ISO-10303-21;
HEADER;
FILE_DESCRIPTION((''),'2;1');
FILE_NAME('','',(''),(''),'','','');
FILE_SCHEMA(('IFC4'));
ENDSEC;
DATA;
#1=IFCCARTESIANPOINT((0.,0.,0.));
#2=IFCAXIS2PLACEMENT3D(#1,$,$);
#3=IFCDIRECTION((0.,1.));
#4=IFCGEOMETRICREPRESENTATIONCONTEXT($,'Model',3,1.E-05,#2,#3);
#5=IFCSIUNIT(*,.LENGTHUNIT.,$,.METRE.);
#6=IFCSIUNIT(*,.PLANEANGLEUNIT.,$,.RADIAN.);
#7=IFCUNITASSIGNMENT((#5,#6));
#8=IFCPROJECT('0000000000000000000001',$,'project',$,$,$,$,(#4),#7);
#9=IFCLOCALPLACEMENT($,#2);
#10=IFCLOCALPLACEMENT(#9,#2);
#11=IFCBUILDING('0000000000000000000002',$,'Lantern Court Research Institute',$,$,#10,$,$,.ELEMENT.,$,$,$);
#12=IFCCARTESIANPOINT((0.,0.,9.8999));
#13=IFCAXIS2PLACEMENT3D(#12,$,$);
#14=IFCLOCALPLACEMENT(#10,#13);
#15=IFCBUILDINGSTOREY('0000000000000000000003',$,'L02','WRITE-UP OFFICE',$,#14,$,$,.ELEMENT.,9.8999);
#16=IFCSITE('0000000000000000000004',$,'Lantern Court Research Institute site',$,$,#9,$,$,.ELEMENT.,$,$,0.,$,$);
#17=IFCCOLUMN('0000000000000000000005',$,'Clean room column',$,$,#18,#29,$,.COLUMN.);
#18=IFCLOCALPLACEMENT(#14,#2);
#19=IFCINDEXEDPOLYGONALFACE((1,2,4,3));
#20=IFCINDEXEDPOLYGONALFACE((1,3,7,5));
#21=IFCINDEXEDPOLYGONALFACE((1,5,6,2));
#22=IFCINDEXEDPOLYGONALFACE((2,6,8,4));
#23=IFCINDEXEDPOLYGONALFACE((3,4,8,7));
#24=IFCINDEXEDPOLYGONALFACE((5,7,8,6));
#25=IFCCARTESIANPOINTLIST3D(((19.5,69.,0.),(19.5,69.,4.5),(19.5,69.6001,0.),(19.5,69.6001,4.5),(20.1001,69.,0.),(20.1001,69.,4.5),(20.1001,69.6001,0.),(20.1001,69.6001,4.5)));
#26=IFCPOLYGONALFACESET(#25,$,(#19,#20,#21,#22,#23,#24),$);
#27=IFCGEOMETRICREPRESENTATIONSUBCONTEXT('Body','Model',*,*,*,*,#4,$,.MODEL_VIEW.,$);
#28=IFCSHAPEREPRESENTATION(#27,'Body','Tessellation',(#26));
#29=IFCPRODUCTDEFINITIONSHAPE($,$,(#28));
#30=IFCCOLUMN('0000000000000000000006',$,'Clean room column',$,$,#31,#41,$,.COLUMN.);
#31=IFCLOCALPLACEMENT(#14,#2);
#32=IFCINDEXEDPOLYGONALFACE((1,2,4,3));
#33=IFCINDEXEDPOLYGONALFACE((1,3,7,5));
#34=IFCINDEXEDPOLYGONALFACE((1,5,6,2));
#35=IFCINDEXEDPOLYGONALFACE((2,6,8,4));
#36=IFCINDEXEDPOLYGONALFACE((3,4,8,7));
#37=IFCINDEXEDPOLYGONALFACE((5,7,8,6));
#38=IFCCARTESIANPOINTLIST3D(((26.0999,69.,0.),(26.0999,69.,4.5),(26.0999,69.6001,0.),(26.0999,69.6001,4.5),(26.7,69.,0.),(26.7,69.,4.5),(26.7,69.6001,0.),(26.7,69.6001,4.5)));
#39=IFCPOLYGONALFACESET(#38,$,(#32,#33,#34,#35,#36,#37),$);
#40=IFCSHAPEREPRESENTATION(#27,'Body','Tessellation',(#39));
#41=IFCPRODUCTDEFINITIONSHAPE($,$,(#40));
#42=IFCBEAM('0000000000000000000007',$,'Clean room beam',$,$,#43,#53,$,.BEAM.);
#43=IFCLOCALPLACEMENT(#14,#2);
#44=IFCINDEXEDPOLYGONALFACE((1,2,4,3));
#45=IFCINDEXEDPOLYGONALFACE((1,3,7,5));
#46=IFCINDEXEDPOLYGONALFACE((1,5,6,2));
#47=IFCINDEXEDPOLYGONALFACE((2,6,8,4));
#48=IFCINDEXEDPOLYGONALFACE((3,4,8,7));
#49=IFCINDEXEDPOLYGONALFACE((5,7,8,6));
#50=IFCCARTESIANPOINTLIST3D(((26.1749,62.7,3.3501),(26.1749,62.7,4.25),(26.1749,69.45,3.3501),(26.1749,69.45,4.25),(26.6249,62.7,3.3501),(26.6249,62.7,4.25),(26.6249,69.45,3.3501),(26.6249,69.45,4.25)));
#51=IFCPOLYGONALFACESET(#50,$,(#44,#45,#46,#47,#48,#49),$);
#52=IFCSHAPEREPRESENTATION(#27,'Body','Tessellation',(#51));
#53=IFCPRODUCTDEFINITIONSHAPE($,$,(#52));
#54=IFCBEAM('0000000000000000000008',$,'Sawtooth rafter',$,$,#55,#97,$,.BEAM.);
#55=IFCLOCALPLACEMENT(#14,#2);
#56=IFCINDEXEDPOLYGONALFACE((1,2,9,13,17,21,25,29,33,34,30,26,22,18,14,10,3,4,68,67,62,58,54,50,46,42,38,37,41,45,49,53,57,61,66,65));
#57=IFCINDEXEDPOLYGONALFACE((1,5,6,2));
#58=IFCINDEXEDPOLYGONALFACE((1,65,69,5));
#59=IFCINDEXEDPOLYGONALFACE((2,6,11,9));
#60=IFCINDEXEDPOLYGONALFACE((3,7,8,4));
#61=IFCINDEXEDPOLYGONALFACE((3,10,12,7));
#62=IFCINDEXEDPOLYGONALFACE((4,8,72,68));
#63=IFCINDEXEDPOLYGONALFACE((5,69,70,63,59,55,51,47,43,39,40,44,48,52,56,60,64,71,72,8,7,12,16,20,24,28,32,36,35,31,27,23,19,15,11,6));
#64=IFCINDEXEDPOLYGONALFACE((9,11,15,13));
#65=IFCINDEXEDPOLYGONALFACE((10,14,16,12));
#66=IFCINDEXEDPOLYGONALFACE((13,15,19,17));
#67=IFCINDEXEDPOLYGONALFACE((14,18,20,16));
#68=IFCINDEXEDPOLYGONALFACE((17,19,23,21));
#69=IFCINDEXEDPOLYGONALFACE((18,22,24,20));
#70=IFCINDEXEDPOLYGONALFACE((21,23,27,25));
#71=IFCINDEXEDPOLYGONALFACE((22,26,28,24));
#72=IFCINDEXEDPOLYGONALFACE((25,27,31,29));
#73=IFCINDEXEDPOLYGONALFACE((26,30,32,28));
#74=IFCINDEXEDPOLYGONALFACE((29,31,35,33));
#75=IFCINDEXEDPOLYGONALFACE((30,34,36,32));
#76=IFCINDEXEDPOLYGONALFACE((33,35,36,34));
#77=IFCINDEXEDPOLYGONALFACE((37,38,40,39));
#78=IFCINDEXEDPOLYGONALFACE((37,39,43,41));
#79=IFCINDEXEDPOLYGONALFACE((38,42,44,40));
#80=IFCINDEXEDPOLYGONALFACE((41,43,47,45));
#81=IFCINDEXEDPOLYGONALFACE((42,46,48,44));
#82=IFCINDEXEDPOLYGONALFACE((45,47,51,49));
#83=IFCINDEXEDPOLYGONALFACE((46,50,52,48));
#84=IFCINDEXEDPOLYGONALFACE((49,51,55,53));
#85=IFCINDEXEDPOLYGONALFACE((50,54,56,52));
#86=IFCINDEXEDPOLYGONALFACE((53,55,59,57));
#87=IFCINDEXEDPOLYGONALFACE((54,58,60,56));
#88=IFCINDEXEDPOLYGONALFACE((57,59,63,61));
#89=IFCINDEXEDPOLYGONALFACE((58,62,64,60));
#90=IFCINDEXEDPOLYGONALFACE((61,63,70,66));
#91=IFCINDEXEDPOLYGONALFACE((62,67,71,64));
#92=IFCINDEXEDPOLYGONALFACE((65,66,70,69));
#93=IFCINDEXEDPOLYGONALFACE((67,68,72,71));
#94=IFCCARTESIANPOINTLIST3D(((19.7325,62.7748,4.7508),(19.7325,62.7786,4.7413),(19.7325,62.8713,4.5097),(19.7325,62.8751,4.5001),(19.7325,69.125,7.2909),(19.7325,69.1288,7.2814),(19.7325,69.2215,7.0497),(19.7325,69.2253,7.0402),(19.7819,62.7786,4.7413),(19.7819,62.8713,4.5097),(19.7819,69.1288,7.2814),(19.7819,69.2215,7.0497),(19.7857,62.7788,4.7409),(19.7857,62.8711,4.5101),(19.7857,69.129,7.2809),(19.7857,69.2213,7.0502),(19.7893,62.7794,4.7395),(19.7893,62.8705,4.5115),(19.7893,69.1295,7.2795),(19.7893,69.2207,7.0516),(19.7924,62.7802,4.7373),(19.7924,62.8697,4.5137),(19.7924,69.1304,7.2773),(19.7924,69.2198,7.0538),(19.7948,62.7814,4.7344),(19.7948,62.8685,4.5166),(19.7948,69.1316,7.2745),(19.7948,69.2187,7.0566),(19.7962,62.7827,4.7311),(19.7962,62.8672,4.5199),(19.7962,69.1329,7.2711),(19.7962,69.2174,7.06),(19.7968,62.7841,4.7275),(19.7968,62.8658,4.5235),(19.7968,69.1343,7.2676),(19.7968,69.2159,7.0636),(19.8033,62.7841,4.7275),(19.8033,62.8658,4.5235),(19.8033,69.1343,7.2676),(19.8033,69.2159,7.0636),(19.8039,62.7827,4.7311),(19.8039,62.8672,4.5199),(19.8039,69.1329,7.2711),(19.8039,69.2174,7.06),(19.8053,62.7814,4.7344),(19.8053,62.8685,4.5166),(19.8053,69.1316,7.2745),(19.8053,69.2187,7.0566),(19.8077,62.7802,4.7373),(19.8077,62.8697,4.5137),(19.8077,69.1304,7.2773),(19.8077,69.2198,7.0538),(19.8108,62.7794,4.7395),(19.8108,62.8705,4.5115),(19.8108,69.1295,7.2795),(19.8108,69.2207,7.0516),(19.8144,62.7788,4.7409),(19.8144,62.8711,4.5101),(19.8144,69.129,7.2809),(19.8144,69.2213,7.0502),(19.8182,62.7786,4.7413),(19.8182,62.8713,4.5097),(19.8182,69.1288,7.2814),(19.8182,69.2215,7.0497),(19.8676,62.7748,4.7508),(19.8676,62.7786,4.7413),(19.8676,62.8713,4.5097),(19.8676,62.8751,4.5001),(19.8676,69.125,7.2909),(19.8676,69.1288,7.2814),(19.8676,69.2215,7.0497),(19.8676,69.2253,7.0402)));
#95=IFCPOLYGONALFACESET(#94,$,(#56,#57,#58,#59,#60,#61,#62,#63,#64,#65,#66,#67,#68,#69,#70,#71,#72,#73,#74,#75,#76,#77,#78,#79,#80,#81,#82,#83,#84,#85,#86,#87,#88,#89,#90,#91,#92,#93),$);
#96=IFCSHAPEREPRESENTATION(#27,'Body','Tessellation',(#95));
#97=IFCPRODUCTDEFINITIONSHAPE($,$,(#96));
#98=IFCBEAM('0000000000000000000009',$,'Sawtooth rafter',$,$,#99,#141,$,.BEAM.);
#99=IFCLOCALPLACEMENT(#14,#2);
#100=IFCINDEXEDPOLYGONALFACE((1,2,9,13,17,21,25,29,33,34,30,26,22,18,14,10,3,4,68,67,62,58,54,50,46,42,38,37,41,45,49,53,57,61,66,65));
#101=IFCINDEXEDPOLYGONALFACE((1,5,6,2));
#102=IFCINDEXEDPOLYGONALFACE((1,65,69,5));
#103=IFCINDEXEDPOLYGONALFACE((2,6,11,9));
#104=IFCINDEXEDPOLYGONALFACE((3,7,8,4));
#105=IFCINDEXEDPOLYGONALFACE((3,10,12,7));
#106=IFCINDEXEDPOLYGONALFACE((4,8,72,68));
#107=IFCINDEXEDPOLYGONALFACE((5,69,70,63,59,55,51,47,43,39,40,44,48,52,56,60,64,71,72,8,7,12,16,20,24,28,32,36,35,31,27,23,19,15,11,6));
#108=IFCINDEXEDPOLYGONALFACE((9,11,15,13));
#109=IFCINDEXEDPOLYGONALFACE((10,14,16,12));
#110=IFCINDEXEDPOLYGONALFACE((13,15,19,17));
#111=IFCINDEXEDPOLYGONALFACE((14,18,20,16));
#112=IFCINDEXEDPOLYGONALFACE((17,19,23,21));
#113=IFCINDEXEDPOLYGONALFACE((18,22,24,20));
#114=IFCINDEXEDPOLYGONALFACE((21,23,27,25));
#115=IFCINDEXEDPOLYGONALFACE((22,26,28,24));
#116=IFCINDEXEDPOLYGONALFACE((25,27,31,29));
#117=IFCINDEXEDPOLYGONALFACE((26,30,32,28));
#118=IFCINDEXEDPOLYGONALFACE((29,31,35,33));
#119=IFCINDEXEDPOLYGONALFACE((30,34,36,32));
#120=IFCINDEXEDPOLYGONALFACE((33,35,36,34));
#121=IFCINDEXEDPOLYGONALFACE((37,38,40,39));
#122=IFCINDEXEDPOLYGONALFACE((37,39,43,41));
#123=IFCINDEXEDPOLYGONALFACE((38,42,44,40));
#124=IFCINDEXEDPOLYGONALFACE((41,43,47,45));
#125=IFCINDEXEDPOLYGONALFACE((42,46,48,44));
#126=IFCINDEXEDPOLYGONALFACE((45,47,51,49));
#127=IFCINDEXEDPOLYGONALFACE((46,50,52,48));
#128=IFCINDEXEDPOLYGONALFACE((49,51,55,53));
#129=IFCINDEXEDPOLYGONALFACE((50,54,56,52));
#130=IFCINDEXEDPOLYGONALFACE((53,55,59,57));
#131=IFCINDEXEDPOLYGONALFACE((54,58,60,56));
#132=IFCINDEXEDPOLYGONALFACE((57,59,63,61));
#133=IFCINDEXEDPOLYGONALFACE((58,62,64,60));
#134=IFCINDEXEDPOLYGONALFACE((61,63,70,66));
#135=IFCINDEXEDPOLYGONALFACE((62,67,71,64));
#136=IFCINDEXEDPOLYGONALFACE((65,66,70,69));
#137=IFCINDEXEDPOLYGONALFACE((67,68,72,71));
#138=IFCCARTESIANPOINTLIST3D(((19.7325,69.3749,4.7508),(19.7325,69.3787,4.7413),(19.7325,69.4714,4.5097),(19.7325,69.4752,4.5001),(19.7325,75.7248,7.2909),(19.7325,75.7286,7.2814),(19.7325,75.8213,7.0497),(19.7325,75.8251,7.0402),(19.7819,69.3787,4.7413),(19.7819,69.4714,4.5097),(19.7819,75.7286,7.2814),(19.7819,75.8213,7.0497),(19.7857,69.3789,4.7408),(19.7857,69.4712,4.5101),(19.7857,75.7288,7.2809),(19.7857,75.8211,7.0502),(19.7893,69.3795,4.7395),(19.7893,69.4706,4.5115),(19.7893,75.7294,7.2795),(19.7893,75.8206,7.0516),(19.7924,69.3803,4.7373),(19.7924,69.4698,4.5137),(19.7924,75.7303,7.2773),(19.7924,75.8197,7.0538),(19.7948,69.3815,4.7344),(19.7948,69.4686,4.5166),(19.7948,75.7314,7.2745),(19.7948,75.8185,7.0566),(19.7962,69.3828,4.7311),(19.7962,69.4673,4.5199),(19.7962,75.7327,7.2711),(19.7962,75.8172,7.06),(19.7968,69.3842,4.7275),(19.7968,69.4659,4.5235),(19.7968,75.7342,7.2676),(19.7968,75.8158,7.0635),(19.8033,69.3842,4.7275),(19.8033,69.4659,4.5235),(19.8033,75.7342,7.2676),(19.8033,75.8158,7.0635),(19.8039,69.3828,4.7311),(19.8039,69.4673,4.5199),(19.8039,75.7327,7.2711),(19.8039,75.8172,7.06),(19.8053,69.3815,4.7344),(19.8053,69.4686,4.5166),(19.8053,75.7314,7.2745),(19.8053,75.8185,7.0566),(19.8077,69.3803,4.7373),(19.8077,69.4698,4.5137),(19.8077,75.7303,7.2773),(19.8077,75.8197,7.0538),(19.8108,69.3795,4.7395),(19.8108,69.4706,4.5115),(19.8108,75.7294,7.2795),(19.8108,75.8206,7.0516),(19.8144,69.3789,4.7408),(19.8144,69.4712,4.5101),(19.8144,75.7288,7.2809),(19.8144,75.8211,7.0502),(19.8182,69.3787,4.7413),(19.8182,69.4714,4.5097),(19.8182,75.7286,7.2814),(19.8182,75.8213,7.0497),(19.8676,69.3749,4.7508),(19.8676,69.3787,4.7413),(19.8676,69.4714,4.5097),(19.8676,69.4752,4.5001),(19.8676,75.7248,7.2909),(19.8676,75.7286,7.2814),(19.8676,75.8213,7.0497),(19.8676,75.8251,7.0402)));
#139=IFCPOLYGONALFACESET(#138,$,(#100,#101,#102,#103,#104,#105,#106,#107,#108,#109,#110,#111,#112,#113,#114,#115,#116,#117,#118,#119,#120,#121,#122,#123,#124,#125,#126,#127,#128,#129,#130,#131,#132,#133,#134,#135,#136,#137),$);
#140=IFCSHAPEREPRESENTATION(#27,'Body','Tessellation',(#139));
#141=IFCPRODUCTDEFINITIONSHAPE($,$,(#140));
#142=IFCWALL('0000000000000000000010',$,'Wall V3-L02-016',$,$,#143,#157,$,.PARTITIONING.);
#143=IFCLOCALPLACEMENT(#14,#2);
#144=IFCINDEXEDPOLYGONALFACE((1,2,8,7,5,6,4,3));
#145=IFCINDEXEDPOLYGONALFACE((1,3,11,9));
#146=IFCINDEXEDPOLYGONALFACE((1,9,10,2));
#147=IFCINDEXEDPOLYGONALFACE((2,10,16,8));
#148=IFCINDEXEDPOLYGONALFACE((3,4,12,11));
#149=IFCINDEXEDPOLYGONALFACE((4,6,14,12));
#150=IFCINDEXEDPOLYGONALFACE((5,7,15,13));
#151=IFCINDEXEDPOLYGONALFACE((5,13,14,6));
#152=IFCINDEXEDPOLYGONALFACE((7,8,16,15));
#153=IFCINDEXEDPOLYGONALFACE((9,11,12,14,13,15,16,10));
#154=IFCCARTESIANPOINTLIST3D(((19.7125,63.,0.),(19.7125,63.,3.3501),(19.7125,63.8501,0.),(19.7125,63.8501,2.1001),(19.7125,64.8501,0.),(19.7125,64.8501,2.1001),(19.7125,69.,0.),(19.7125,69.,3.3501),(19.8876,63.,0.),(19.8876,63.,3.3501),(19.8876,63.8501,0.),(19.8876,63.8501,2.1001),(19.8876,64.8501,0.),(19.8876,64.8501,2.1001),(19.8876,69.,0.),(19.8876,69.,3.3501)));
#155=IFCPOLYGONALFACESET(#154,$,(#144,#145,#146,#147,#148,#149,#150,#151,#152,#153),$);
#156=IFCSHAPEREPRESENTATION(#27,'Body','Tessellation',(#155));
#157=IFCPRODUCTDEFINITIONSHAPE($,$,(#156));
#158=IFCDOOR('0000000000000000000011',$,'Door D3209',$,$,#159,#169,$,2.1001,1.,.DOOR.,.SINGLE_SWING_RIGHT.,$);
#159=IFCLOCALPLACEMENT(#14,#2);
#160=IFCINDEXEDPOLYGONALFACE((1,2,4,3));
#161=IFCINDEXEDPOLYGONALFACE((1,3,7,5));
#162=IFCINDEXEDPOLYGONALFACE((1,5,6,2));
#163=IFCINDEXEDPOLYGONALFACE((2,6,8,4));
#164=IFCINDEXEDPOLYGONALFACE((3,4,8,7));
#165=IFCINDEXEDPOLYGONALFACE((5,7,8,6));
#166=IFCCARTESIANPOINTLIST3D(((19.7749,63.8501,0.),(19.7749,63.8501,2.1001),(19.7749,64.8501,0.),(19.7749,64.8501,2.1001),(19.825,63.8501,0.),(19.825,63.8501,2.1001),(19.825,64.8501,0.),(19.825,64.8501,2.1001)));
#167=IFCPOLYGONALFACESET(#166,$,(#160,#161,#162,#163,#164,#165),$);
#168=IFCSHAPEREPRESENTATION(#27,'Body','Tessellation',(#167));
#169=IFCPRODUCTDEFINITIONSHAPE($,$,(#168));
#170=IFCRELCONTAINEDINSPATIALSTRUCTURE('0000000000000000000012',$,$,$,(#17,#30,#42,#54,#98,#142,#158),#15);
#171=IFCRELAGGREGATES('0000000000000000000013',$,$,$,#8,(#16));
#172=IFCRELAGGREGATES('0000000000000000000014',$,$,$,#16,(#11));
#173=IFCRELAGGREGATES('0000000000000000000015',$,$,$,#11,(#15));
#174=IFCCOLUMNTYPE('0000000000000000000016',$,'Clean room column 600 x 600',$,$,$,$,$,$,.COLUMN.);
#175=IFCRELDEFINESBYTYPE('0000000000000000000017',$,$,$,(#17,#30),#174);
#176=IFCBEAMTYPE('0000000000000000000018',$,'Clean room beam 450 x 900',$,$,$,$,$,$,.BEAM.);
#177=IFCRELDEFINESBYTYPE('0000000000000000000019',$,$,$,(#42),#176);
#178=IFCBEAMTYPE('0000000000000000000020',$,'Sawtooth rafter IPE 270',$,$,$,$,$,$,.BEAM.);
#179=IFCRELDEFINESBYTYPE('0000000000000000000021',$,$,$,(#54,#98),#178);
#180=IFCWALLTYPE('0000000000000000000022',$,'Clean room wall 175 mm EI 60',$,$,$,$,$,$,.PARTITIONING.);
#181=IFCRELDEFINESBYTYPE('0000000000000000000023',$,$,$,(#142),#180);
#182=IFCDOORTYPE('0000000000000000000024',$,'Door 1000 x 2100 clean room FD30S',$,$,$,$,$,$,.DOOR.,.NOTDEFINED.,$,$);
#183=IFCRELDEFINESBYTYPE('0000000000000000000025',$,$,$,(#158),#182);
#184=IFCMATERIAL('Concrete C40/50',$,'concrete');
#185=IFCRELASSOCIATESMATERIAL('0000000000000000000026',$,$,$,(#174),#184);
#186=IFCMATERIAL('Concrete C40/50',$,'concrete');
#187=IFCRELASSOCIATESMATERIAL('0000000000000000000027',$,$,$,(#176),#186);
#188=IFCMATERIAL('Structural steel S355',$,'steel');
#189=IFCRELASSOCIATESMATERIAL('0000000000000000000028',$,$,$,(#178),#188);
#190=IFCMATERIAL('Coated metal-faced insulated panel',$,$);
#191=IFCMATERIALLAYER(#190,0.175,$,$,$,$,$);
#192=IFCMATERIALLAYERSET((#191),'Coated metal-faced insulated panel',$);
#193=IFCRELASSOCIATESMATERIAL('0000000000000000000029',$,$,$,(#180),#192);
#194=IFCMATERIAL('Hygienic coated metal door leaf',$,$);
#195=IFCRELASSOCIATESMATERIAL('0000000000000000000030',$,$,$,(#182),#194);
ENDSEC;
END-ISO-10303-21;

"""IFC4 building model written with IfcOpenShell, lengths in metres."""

from ifc_helpers import new_model, si_unit, direction, frame, frame_2d, origin, origin_2d, place, context, subcontext, project, spatial, rectangle, i_section, extrude, material, layer, layer_set, material_profile, profile_set, type_object, element, fill, save


model = new_model("IFC4")

# Units and contexts
model_context = context("Model", 3, precision=1e-05, world=origin(), true_north=direction((0.0, 1.0)))
body_context = subcontext(model_context, "Body", "Model", "MODEL_VIEW")
ifc_project = project(units=[si_unit("LENGTHUNIT", "METRE"), si_unit("PLANEANGLEUNIT", "RADIAN")], contexts=[model_context])

# Site, building, storey
site_placement = place(None, origin())
site = spatial("IfcSite", under=ifc_project, at=site_placement, Name="Lantern Court Research Institute site", CompositionType="ELEMENT", RefElevation=0.0)
building_placement = place(site_placement, origin())
building = spatial("IfcBuilding", under=site, at=building_placement, Name="Lantern Court Research Institute", CompositionType="ELEMENT")
storey_placement = place(building_placement, frame((0.0, 0.0, 9.8999)))
storey = spatial("IfcBuildingStorey", under=building, at=storey_placement, Name="L02", Description="WRITE-UP OFFICE", CompositionType="ELEMENT", Elevation=9.8999)

# Columns
ifc_material_1 = material(Name="Concrete C40/50", Category="concrete")
ifc_material_profile_1 = material_profile(ifc_material_1, rectangle(XDim=0.6001, YDim=0.6001, at=origin_2d()), Name="Clean room column 600 x 600")
ifc_profile_set_1 = profile_set([ifc_material_profile_1], Name="Concrete C40/50")
column_type = type_object("IfcColumnType", Name="Clean room column 600 x 600", PredefinedType="COLUMN", material=ifc_profile_set_1)
for number, where, z_axis, x_axis, name in (
    (1, (19.8, 69.3, 0.0), (0.0, 0.0, 1.0), (1.0, 0.0, 0.0), "Clean room column"),
    (2, (26.3999, 69.3, 0.0), (0.0, 0.0, 1.0), (1.0, 0.0, 0.0), "Clean room column"),
):
    element("IfcColumn", number, at=place(storey_placement, frame(where, z_axis=z_axis, x_axis=x_axis)), inside=storey, type_object=column_type, Name=name, PredefinedType="COLUMN", context=body_context, shape_type="SweptSolid", body=[
        extrude(rectangle(XDim=0.6001, YDim=0.6001, at=origin_2d()), origin(), (0.0, 0.0, 1.0), 4.5),
    ])

# Beams
ifc_material_2 = material(Name="Concrete C40/50", Category="concrete")
ifc_material_profile_2 = material_profile(ifc_material_2, rectangle(XDim=0.45, YDim=0.8999, at=origin_2d()), Name="Clean room beam 450 x 900")
ifc_profile_set_2 = profile_set([ifc_material_profile_2], Name="Concrete C40/50")
beam_type_1 = type_object("IfcBeamType", Name="Clean room beam 450 x 900", PredefinedType="BEAM", material=ifc_profile_set_2)
beam_1_placement = place(storey_placement, frame((26.3999, 62.7, 3.8), z_axis=(0.0, 1.0, 0.0), x_axis=(-1.0, 0.0, 0.0)))
element("IfcBeam", 3, at=beam_1_placement, inside=storey, type_object=beam_type_1, Name="Clean room beam", PredefinedType="BEAM", context=body_context, shape_type="SweptSolid", body=[
    extrude(rectangle(XDim=0.45, YDim=0.8999, at=origin_2d()), origin(), (0.0, 0.0, 1.0), 6.75),
])
ifc_material_3 = material(Name="Structural steel S355", Category="steel")
ifc_material_profile_3 = material_profile(ifc_material_3, i_section(OverallWidth=0.135, OverallDepth=0.27, WebThickness=0.0066, FlangeThickness=0.0103, FilletRadius=0.0149, at=origin_2d()), Name="IPE 270")
ifc_profile_set_3 = profile_set([ifc_material_profile_3], Name="Structural steel S355")
beam_type_2 = type_object("IfcBeamType", Name="Sawtooth rafter IPE 270", PredefinedType="BEAM", material=ifc_profile_set_3)
beam_2_placement = place(storey_placement, frame((19.8, 62.825, 4.6255), z_axis=(0.0, 0.928477, 0.371391), x_axis=(-1.0, 0.0, 0.0)))
element("IfcBeam", 4, at=beam_2_placement, inside=storey, type_object=beam_type_2, Name="Sawtooth rafter", PredefinedType="BEAM", context=body_context, shape_type="SweptSolid", body=[
    extrude(i_section(OverallWidth=0.135, OverallDepth=0.27, WebThickness=0.0066, FlangeThickness=0.0103, FilletRadius=0.0149, at=origin_2d()), origin(), (0.0, 0.0, 1.0), 6.8394),
])
beam_3_placement = place(storey_placement, frame((19.8, 69.425, 4.6255), z_axis=(0.0, 0.928472, 0.371403), x_axis=(-1.0, 0.0, 0.0)))
element("IfcBeam", 5, at=beam_3_placement, inside=storey, type_object=beam_type_2, Name="Sawtooth rafter", PredefinedType="BEAM", context=body_context, shape_type="SweptSolid", body=[
    extrude(i_section(OverallWidth=0.135, OverallDepth=0.27, WebThickness=0.0066, FlangeThickness=0.0103, FilletRadius=0.0149, at=origin_2d()), origin(), (0.0, 0.0, 1.0), 6.8391),
])

# Wall, opening, door
ifc_material_4 = material(Name="Coated metal-faced insulated panel")
ifc_layer_1 = layer(ifc_material_4, 0.175)
ifc_layer_set_1 = layer_set([ifc_layer_1], Name="Coated metal-faced insulated panel")
wall_type_1 = type_object("IfcWallType", Name="Clean room wall 175 mm EI 60", PredefinedType="PARTITIONING", material=ifc_layer_set_1)
wall_1_placement = place(storey_placement, frame((19.8, 69.0, 0.0), z_axis=(0.0, 0.0, 1.0), x_axis=(0.0, -1.0, 0.0)))
wall_1 = element("IfcWall", 6, at=wall_1_placement, inside=storey, type_object=wall_type_1, Name="Wall V3-L02-016", PredefinedType="PARTITIONING", context=body_context, shape_type="SweptSolid", body=[
    extrude(rectangle(XDim=6.0, YDim=0.175, at=frame_2d((3.0, 0.0))), origin(), (0.0, 0.0, 1.0), 3.3501),
])
opening_1_placement = place(wall_1_placement, frame((4.1499, 0.0, 0.0)))
opening_1 = element("IfcOpeningElement", 7, at=opening_1_placement, cuts=wall_1, PredefinedType="OPENING", context=body_context, shape_type="SweptSolid", body=[
    extrude(rectangle(XDim=1.0, YDim=2.1001, at=frame_2d((0.5, 1.05))), frame((0.0, 0.0974, 0.0), z_axis=(0.0, -1.0, 0.0), x_axis=(1.0, 0.0, 0.0)), (0.0, 0.0, 1.0), 0.1951),
])
ifc_material_5 = material(Name="Hygienic coated metal door leaf")
door_type = type_object("IfcDoorType", Name="Door 1000 x 2100 clean room FD30S", OperationType="NOTDEFINED", PredefinedType="DOOR", material=ifc_material_5)
door_placement = place(opening_1_placement, origin())
door = element("IfcDoor", 8, at=door_placement, inside=storey, type_object=door_type, Name="Door D3209", OperationType="SINGLE_SWING_RIGHT", OverallHeight=2.1001, OverallWidth=1.0, PredefinedType="DOOR", context=body_context, shape_type="SweptSolid", body=[
    extrude(rectangle(XDim=1.0, YDim=2.1001, at=frame_2d((0.5, 1.05))), frame((0.0, 0.0249, 0.0), z_axis=(0.0, -1.0, 0.0), x_axis=(1.0, 0.0, 0.0)), (0.0, 0.0, 1.0), 0.05),
])
fill(opening_1, door)

save(model, "model.ifc")
